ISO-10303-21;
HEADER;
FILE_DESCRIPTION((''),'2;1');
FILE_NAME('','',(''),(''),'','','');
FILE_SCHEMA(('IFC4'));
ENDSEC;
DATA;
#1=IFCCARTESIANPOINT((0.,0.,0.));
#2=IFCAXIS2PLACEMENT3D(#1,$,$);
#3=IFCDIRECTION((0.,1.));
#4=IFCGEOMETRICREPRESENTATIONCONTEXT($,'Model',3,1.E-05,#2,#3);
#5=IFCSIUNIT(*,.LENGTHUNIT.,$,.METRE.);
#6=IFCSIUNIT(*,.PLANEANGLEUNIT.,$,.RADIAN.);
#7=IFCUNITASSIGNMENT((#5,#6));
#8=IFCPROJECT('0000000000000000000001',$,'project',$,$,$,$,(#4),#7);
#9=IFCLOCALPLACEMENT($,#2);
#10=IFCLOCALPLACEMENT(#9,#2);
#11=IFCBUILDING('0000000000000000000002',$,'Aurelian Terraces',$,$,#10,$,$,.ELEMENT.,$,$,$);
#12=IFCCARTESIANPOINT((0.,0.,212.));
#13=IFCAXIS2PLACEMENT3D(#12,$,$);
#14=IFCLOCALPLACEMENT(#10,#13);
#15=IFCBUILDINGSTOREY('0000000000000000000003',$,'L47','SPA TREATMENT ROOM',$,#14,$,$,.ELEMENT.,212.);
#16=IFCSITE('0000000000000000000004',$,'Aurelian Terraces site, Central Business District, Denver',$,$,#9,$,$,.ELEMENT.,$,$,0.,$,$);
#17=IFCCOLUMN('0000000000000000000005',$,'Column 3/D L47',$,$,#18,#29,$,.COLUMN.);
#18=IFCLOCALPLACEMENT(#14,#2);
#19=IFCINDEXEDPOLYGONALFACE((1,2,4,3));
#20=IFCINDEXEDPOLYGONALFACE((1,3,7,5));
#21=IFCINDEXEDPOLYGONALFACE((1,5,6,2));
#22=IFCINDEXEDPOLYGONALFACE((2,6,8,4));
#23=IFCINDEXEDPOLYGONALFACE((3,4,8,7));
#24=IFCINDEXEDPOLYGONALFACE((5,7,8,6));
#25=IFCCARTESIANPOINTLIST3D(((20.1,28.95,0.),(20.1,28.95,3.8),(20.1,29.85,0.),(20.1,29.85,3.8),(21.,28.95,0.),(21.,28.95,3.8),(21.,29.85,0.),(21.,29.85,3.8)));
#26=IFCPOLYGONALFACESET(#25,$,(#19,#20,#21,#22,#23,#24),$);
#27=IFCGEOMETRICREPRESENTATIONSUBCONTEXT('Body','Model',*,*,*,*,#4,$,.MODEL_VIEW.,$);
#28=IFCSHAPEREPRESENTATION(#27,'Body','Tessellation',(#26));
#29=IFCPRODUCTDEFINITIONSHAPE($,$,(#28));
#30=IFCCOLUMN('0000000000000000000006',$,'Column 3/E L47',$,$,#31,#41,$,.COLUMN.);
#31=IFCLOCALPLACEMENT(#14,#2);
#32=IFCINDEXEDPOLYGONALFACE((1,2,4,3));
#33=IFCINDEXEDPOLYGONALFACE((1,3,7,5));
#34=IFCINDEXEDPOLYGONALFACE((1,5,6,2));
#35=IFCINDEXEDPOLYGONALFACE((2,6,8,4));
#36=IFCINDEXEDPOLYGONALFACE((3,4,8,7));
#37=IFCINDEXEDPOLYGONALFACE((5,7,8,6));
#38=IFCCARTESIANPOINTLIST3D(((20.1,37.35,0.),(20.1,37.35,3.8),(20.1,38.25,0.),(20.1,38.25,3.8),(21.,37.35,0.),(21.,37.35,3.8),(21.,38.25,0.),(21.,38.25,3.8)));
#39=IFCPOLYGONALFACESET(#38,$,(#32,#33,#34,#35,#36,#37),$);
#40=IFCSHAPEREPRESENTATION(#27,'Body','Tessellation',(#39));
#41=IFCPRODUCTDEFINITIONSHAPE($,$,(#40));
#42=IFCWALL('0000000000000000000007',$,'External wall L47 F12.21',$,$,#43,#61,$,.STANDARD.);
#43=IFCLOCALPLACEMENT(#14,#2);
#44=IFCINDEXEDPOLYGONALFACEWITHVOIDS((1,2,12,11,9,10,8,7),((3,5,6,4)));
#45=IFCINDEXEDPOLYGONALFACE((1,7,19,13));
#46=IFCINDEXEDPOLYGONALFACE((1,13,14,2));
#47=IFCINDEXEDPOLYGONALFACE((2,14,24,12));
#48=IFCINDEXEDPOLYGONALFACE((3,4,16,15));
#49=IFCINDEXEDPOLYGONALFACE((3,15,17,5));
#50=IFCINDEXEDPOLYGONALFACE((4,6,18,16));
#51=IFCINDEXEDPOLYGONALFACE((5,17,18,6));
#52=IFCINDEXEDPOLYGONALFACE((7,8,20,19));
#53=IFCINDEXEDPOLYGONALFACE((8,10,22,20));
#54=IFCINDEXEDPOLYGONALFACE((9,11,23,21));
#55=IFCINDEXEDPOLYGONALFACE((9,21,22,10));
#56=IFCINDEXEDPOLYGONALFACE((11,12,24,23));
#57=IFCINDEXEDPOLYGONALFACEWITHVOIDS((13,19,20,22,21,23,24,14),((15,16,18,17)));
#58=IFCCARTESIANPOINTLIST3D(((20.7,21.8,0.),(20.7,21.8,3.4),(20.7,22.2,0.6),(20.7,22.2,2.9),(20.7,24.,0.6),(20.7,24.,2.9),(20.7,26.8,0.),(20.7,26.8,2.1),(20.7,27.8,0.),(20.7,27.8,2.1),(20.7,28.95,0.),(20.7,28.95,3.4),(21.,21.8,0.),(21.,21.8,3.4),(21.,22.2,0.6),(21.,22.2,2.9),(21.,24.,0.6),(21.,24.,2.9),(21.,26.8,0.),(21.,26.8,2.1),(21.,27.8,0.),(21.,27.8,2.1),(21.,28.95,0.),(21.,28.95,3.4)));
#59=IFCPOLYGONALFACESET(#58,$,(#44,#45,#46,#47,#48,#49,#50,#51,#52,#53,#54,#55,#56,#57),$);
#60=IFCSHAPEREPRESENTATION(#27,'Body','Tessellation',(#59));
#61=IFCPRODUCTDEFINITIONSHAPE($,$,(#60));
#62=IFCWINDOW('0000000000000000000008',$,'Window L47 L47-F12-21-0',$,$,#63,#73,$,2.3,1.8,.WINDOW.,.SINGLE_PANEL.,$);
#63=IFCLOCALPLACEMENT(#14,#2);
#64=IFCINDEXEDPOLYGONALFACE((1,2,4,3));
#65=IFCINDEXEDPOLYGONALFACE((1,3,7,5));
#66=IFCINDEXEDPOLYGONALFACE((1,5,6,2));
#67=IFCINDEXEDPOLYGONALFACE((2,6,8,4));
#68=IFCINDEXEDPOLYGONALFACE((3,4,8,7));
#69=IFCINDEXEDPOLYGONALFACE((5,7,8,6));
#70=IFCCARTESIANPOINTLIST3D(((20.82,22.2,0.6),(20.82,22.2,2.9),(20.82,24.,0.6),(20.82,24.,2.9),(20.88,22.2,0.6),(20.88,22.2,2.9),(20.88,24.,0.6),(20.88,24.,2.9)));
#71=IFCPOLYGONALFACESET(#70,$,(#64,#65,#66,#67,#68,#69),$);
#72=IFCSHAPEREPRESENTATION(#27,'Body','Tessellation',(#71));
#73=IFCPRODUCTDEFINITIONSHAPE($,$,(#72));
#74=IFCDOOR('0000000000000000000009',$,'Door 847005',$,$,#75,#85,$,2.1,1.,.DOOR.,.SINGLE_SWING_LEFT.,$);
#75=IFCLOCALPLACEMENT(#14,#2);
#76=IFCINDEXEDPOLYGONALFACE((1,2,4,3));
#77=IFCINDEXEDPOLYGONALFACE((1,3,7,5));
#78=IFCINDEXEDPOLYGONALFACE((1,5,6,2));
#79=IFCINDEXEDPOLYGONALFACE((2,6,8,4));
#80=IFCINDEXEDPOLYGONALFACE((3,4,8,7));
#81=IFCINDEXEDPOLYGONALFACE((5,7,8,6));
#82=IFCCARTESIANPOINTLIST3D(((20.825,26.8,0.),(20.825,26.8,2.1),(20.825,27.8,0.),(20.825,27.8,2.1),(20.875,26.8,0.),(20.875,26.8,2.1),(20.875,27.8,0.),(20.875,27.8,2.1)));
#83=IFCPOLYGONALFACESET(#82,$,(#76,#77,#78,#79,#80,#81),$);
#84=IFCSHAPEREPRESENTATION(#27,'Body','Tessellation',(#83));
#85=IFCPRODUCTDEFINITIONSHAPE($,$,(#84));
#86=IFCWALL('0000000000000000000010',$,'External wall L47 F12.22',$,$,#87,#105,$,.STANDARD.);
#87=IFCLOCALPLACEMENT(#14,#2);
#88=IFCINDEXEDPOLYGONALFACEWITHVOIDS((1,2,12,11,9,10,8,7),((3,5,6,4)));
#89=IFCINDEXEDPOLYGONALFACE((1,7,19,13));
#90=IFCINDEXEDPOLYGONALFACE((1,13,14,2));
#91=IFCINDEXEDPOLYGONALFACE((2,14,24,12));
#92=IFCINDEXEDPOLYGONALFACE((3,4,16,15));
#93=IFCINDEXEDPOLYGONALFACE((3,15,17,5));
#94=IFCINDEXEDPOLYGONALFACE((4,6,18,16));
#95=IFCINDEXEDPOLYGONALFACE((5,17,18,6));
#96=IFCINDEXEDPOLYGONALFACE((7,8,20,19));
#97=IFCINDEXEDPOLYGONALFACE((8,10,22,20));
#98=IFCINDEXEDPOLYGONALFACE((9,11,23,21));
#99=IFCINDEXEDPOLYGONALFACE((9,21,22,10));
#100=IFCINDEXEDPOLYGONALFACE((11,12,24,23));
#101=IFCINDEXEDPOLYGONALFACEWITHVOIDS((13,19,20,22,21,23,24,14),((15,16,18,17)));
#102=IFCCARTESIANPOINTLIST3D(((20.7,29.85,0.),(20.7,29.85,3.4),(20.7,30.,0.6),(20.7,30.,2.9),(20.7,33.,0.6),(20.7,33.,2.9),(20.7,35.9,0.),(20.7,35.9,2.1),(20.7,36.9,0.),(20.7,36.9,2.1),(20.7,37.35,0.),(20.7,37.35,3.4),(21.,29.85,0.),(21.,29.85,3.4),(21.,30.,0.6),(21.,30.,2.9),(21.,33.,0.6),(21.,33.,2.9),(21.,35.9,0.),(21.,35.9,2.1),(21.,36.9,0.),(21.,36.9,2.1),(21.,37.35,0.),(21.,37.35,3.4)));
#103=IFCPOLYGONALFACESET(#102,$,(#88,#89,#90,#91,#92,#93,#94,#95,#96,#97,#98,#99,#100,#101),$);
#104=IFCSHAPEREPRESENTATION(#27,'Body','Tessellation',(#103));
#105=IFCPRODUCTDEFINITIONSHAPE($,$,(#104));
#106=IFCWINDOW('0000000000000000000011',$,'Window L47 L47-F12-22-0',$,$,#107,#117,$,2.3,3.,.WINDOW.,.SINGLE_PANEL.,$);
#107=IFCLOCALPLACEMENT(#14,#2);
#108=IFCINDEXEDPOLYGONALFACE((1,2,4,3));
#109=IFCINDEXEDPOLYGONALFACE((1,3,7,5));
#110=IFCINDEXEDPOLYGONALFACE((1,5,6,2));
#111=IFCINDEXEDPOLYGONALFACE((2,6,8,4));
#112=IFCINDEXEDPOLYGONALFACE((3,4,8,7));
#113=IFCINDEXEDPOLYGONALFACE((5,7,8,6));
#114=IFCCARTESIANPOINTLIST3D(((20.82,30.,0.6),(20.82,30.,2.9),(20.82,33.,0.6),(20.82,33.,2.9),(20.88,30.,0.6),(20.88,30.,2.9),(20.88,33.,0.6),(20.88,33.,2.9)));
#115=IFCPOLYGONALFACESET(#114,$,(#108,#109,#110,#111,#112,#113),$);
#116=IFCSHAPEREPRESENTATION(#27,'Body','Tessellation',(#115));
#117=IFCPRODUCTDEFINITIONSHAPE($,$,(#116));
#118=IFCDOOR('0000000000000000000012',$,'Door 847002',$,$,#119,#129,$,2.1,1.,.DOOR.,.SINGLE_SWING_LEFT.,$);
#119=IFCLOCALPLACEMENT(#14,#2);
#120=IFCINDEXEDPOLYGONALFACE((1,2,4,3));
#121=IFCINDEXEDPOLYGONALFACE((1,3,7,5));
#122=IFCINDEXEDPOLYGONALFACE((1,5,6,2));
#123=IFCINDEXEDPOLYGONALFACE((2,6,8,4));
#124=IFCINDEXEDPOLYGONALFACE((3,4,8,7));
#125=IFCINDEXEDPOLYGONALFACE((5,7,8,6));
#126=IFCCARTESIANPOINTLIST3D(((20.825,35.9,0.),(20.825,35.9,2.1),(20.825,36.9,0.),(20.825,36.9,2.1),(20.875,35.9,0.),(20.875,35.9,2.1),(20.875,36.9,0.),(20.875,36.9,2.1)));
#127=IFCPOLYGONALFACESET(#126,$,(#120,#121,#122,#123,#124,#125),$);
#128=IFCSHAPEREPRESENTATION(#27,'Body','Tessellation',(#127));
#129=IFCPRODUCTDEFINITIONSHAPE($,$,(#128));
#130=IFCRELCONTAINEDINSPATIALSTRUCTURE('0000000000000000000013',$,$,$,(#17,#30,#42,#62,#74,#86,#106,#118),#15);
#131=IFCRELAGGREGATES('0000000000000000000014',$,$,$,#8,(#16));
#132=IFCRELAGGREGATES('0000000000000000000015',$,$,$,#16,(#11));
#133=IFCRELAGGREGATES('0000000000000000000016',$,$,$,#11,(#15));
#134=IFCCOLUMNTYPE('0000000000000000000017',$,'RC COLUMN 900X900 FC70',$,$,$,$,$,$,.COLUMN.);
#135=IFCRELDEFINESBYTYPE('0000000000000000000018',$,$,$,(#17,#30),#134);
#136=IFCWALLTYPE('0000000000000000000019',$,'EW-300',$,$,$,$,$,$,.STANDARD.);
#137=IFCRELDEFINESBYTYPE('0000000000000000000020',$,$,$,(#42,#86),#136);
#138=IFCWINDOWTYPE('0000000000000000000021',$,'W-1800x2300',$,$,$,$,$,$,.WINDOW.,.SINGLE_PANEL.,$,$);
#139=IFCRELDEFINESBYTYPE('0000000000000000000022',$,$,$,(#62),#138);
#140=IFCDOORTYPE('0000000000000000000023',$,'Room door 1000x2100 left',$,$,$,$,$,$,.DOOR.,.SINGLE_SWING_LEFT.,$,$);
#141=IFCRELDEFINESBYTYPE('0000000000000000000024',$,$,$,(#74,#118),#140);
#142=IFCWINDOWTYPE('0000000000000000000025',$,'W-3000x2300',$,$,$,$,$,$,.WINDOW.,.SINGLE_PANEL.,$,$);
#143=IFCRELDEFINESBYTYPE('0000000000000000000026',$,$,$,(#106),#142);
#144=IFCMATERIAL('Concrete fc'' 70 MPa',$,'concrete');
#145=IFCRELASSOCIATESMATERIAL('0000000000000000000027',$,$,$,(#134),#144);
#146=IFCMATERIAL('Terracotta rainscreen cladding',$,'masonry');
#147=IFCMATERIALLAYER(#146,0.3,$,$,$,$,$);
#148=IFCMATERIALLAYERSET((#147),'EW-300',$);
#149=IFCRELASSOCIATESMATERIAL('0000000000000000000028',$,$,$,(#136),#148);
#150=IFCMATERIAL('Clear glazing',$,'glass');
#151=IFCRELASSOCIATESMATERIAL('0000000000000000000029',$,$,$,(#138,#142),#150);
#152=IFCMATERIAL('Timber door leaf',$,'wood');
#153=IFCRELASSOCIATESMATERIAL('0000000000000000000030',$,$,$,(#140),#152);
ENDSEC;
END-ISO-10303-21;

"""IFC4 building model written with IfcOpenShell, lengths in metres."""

from ifc_helpers import new_model, si_unit, direction, frame, frame_2d, origin, origin_2d, place, context, subcontext, project, spatial, rectangle, extrude, source, transform, mapped, material, layer, layer_set, material_profile, profile_set, type_object, element, fill, save


model = new_model("IFC4")

# Units and contexts
model_context = context("Model", 3, precision=1e-05, world=origin(), true_north=direction((0.0, 1.0)))
body_context = subcontext(model_context, "Body", "Model", "MODEL_VIEW")
ifc_project = project(units=[si_unit("LENGTHUNIT", "METRE"), si_unit("PLANEANGLEUNIT", "RADIAN")], contexts=[model_context])

# Site, building, storey
site_placement = place(None, origin())
site = spatial("IfcSite", under=ifc_project, at=site_placement, Name="Aurelian Terraces site, Central Business District, Denver", CompositionType="ELEMENT", RefElevation=0.0)
building_placement = place(site_placement, origin())
building = spatial("IfcBuilding", under=site, at=building_placement, Name="Aurelian Terraces", CompositionType="ELEMENT")
storey_placement = place(building_placement, frame((0.0, 0.0, 212.0)))
storey = spatial("IfcBuildingStorey", under=building, at=storey_placement, Name="L47", Description="SPA TREATMENT ROOM", CompositionType="ELEMENT", Elevation=212.0)

# Columns
ifc_material_1 = material(Name="Concrete fc' 70 MPa", Category="concrete")
ifc_material_profile = material_profile(ifc_material_1, rectangle(XDim=0.9, YDim=0.9, at=origin_2d()))
ifc_profile_set = profile_set([ifc_material_profile], Name="Concrete fc' 70 MPa")
column_type = type_object("IfcColumnType", Name="RC COLUMN 900X900 FC70", PredefinedType="COLUMN", material=ifc_profile_set)
shared_shape_1 = source(origin(), body_context, "Body", "SweptSolid", [
    extrude(rectangle(XDim=0.9, YDim=0.9, at=origin_2d()), origin(), (0.0, 0.0, 1.0), 3.8),
])
for number, where, z_axis, x_axis, name in (
    (1, (20.55, 29.4, 0.0), (0.0, 0.0, 1.0), (1.0, 0.0, 0.0), "Column 3/D L47"),
    (2, (20.55, 37.8, 0.0), (0.0, 0.0, 1.0), (1.0, 0.0, 0.0), "Column 3/E L47"),
):
    element("IfcColumn", number, at=place(storey_placement, frame(where, z_axis=z_axis, x_axis=x_axis)), inside=storey, type_object=column_type, Name=name, PredefinedType="COLUMN", context=body_context, shape_type="MappedRepresentation", body=[
        mapped(shared_shape_1, transform((0.0, 0.0, 0.0), scale=1.0)),
    ])

# Walls, openings, windows, doors
ifc_material_2 = material(Name="Terracotta rainscreen cladding", Category="masonry")
ifc_layer_1 = layer(ifc_material_2, 0.3)
ifc_layer_set_1 = layer_set([ifc_layer_1], Name="EW-300")
wall_type_1 = type_object("IfcWallType", Name="EW-300", PredefinedType="STANDARD", material=ifc_layer_set_1)
shared_shape_2 = source(origin(), body_context, "Body", "SweptSolid", [
    extrude(rectangle(XDim=7.15, YDim=0.3, at=frame_2d((3.575, 0.0))), origin(), (0.0, 0.0, 1.0), 3.4),
])
wall_1_placement = place(storey_placement, frame((20.85, 21.8, 0.0), z_axis=(0.0, 0.0, 1.0), x_axis=(0.0, 1.0, 0.0)))
wall_1 = element("IfcWall", 3, at=wall_1_placement, inside=storey, type_object=wall_type_1, Name="External wall L47 F12.21", PredefinedType="STANDARD", context=body_context, shape_type="MappedRepresentation", body=[
    mapped(shared_shape_2, transform((0.0, 0.0, 0.0), scale=1.0)),
])
shared_shape_3 = source(origin(), body_context, "Body", "SweptSolid", [
    extrude(rectangle(XDim=1.8, YDim=2.3, at=frame_2d((0.9, 1.15))), frame((0.0, 0.16, 0.0), z_axis=(0.0, -1.0, 0.0), x_axis=(1.0, 0.0, 0.0)), (0.0, 0.0, 1.0), 0.32),
])
opening_1_placement = place(wall_1_placement, frame((0.4, 0.0, 0.6)))
opening_1 = element("IfcOpeningElement", 4, at=opening_1_placement, cuts=wall_1, PredefinedType="OPENING", context=body_context, shape_type="MappedRepresentation", body=[
    mapped(shared_shape_3, transform((0.0, 0.0, 0.0), scale=1.0)),
])
shared_shape_4 = source(origin(), body_context, "Body", "SweptSolid", [
    extrude(rectangle(XDim=1.0, YDim=2.1, at=frame_2d((0.5, 1.05))), frame((0.0, 0.16, 0.0), z_axis=(0.0, -1.0, 0.0), x_axis=(1.0, 0.0, 0.0)), (0.0, 0.0, 1.0), 0.32),
])
opening_2_placement = place(wall_1_placement, frame((5.0, 0.0, 0.0)))
opening_2 = element("IfcOpeningElement", 5, at=opening_2_placement, cuts=wall_1, PredefinedType="OPENING", context=body_context, shape_type="MappedRepresentation", body=[
    mapped(shared_shape_4, transform((0.0, 0.0, 0.0), scale=1.0)),
])
ifc_material_3 = material(Name="Clear glazing", Category="glass")
window_type_1 = type_object("IfcWindowType", Name="W-1800x2300", PartitioningType="SINGLE_PANEL", PredefinedType="WINDOW", material=ifc_material_3)
shared_shape_5 = source(origin(), body_context, "Body", "SweptSolid", [
    extrude(rectangle(XDim=1.8, YDim=2.3, at=frame_2d((0.9, 1.15))), frame((0.0, 0.03, 0.0), z_axis=(0.0, -1.0, 0.0), x_axis=(1.0, 0.0, 0.0)), (0.0, 0.0, 1.0), 0.06),
])
window_1_placement = place(opening_1_placement, origin())
window_1 = element("IfcWindow", 6, at=window_1_placement, inside=storey, type_object=window_type_1, Name="Window L47 L47-F12-21-0", OverallHeight=2.3, OverallWidth=1.8, PartitioningType="SINGLE_PANEL", PredefinedType="WINDOW", context=body_context, shape_type="MappedRepresentation", body=[
    mapped(shared_shape_5, transform((0.0, 0.0, 0.0), scale=1.0)),
])
fill(opening_1, window_1)
ifc_material_4 = material(Name="Timber door leaf", Category="wood")
door_type_1 = type_object("IfcDoorType", Name="Room door 1000x2100 left", OperationType="SINGLE_SWING_LEFT", PredefinedType="DOOR", material=ifc_material_4)
shared_shape_6 = source(origin(), body_context, "Body", "SweptSolid", [
    extrude(rectangle(XDim=1.0, YDim=2.1, at=frame_2d((0.5, 1.05))), frame((0.0, 0.025, 0.0), z_axis=(0.0, -1.0, 0.0), x_axis=(1.0, 0.0, 0.0)), (0.0, 0.0, 1.0), 0.05),
])
door_1_placement = place(opening_2_placement, origin())
door_1 = element("IfcDoor", 7, at=door_1_placement, inside=storey, type_object=door_type_1, Name="Door 847005", OperationType="SINGLE_SWING_LEFT", OverallHeight=2.1, OverallWidth=1.0, PredefinedType="DOOR", context=body_context, shape_type="MappedRepresentation", body=[
    mapped(shared_shape_6, transform((0.0, 0.0, 0.0), scale=1.0)),
])
fill(opening_2, door_1)
shared_shape_7 = source(origin(), body_context, "Body", "SweptSolid", [
    extrude(rectangle(XDim=7.5, YDim=0.3, at=frame_2d((3.75, 0.0))), origin(), (0.0, 0.0, 1.0), 3.4),
])
wall_2_placement = place(storey_placement, frame((20.85, 29.85, 0.0), z_axis=(0.0, 0.0, 1.0), x_axis=(0.0, 1.0, 0.0)))
wall_2 = element("IfcWall", 8, at=wall_2_placement, inside=storey, type_object=wall_type_1, Name="External wall L47 F12.22", PredefinedType="STANDARD", context=body_context, shape_type="MappedRepresentation", body=[
    mapped(shared_shape_7, transform((0.0, 0.0, 0.0), scale=1.0)),
])
shared_shape_8 = source(origin(), body_context, "Body", "SweptSolid", [
    extrude(rectangle(XDim=3.0, YDim=2.3, at=frame_2d((1.5, 1.15))), frame((0.0, 0.16, 0.0), z_axis=(0.0, -1.0, 0.0), x_axis=(1.0, 0.0, 0.0)), (0.0, 0.0, 1.0), 0.32),
])
opening_3_placement = place(wall_2_placement, frame((0.15, 0.0, 0.6)))
opening_3 = element("IfcOpeningElement", 9, at=opening_3_placement, cuts=wall_2, PredefinedType="OPENING", context=body_context, shape_type="MappedRepresentation", body=[
    mapped(shared_shape_8, transform((0.0, 0.0, 0.0), scale=1.0)),
])
opening_4_placement = place(wall_2_placement, frame((6.05, 0.0, 0.0)))
opening_4 = element("IfcOpeningElement", 10, at=opening_4_placement, cuts=wall_2, PredefinedType="OPENING", context=body_context, shape_type="MappedRepresentation", body=[
    mapped(shared_shape_4, transform((0.0, 0.0, 0.0), scale=1.0)),
])
window_type_2 = type_object("IfcWindowType", Name="W-3000x2300", PartitioningType="SINGLE_PANEL", PredefinedType="WINDOW", material=ifc_material_3)
shared_shape_9 = source(origin(), body_context, "Body", "SweptSolid", [
    extrude(rectangle(XDim=3.0, YDim=2.3, at=frame_2d((1.5, 1.15))), frame((0.0, 0.03, 0.0), z_axis=(0.0, -1.0, 0.0), x_axis=(1.0, 0.0, 0.0)), (0.0, 0.0, 1.0), 0.06),
])
window_2_placement = place(opening_3_placement, origin())
window_2 = element("IfcWindow", 11, at=window_2_placement, inside=storey, type_object=window_type_2, Name="Window L47 L47-F12-22-0", OverallHeight=2.3, OverallWidth=3.0, PartitioningType="SINGLE_PANEL", PredefinedType="WINDOW", context=body_context, shape_type="MappedRepresentation", body=[
    mapped(shared_shape_9, transform((0.0, 0.0, 0.0), scale=1.0)),
])
fill(opening_3, window_2)
door_2_placement = place(opening_4_placement, origin())
door_2 = element("IfcDoor", 12, at=door_2_placement, inside=storey, type_object=door_type_1, Name="Door 847002", OperationType="SINGLE_SWING_LEFT", OverallHeight=2.1, OverallWidth=1.0, PredefinedType="DOOR", context=body_context, shape_type="MappedRepresentation", body=[
    mapped(shared_shape_6, transform((0.0, 0.0, 0.0), scale=1.0)),
])
fill(opening_4, door_2)

save(model, "model.ifc")
